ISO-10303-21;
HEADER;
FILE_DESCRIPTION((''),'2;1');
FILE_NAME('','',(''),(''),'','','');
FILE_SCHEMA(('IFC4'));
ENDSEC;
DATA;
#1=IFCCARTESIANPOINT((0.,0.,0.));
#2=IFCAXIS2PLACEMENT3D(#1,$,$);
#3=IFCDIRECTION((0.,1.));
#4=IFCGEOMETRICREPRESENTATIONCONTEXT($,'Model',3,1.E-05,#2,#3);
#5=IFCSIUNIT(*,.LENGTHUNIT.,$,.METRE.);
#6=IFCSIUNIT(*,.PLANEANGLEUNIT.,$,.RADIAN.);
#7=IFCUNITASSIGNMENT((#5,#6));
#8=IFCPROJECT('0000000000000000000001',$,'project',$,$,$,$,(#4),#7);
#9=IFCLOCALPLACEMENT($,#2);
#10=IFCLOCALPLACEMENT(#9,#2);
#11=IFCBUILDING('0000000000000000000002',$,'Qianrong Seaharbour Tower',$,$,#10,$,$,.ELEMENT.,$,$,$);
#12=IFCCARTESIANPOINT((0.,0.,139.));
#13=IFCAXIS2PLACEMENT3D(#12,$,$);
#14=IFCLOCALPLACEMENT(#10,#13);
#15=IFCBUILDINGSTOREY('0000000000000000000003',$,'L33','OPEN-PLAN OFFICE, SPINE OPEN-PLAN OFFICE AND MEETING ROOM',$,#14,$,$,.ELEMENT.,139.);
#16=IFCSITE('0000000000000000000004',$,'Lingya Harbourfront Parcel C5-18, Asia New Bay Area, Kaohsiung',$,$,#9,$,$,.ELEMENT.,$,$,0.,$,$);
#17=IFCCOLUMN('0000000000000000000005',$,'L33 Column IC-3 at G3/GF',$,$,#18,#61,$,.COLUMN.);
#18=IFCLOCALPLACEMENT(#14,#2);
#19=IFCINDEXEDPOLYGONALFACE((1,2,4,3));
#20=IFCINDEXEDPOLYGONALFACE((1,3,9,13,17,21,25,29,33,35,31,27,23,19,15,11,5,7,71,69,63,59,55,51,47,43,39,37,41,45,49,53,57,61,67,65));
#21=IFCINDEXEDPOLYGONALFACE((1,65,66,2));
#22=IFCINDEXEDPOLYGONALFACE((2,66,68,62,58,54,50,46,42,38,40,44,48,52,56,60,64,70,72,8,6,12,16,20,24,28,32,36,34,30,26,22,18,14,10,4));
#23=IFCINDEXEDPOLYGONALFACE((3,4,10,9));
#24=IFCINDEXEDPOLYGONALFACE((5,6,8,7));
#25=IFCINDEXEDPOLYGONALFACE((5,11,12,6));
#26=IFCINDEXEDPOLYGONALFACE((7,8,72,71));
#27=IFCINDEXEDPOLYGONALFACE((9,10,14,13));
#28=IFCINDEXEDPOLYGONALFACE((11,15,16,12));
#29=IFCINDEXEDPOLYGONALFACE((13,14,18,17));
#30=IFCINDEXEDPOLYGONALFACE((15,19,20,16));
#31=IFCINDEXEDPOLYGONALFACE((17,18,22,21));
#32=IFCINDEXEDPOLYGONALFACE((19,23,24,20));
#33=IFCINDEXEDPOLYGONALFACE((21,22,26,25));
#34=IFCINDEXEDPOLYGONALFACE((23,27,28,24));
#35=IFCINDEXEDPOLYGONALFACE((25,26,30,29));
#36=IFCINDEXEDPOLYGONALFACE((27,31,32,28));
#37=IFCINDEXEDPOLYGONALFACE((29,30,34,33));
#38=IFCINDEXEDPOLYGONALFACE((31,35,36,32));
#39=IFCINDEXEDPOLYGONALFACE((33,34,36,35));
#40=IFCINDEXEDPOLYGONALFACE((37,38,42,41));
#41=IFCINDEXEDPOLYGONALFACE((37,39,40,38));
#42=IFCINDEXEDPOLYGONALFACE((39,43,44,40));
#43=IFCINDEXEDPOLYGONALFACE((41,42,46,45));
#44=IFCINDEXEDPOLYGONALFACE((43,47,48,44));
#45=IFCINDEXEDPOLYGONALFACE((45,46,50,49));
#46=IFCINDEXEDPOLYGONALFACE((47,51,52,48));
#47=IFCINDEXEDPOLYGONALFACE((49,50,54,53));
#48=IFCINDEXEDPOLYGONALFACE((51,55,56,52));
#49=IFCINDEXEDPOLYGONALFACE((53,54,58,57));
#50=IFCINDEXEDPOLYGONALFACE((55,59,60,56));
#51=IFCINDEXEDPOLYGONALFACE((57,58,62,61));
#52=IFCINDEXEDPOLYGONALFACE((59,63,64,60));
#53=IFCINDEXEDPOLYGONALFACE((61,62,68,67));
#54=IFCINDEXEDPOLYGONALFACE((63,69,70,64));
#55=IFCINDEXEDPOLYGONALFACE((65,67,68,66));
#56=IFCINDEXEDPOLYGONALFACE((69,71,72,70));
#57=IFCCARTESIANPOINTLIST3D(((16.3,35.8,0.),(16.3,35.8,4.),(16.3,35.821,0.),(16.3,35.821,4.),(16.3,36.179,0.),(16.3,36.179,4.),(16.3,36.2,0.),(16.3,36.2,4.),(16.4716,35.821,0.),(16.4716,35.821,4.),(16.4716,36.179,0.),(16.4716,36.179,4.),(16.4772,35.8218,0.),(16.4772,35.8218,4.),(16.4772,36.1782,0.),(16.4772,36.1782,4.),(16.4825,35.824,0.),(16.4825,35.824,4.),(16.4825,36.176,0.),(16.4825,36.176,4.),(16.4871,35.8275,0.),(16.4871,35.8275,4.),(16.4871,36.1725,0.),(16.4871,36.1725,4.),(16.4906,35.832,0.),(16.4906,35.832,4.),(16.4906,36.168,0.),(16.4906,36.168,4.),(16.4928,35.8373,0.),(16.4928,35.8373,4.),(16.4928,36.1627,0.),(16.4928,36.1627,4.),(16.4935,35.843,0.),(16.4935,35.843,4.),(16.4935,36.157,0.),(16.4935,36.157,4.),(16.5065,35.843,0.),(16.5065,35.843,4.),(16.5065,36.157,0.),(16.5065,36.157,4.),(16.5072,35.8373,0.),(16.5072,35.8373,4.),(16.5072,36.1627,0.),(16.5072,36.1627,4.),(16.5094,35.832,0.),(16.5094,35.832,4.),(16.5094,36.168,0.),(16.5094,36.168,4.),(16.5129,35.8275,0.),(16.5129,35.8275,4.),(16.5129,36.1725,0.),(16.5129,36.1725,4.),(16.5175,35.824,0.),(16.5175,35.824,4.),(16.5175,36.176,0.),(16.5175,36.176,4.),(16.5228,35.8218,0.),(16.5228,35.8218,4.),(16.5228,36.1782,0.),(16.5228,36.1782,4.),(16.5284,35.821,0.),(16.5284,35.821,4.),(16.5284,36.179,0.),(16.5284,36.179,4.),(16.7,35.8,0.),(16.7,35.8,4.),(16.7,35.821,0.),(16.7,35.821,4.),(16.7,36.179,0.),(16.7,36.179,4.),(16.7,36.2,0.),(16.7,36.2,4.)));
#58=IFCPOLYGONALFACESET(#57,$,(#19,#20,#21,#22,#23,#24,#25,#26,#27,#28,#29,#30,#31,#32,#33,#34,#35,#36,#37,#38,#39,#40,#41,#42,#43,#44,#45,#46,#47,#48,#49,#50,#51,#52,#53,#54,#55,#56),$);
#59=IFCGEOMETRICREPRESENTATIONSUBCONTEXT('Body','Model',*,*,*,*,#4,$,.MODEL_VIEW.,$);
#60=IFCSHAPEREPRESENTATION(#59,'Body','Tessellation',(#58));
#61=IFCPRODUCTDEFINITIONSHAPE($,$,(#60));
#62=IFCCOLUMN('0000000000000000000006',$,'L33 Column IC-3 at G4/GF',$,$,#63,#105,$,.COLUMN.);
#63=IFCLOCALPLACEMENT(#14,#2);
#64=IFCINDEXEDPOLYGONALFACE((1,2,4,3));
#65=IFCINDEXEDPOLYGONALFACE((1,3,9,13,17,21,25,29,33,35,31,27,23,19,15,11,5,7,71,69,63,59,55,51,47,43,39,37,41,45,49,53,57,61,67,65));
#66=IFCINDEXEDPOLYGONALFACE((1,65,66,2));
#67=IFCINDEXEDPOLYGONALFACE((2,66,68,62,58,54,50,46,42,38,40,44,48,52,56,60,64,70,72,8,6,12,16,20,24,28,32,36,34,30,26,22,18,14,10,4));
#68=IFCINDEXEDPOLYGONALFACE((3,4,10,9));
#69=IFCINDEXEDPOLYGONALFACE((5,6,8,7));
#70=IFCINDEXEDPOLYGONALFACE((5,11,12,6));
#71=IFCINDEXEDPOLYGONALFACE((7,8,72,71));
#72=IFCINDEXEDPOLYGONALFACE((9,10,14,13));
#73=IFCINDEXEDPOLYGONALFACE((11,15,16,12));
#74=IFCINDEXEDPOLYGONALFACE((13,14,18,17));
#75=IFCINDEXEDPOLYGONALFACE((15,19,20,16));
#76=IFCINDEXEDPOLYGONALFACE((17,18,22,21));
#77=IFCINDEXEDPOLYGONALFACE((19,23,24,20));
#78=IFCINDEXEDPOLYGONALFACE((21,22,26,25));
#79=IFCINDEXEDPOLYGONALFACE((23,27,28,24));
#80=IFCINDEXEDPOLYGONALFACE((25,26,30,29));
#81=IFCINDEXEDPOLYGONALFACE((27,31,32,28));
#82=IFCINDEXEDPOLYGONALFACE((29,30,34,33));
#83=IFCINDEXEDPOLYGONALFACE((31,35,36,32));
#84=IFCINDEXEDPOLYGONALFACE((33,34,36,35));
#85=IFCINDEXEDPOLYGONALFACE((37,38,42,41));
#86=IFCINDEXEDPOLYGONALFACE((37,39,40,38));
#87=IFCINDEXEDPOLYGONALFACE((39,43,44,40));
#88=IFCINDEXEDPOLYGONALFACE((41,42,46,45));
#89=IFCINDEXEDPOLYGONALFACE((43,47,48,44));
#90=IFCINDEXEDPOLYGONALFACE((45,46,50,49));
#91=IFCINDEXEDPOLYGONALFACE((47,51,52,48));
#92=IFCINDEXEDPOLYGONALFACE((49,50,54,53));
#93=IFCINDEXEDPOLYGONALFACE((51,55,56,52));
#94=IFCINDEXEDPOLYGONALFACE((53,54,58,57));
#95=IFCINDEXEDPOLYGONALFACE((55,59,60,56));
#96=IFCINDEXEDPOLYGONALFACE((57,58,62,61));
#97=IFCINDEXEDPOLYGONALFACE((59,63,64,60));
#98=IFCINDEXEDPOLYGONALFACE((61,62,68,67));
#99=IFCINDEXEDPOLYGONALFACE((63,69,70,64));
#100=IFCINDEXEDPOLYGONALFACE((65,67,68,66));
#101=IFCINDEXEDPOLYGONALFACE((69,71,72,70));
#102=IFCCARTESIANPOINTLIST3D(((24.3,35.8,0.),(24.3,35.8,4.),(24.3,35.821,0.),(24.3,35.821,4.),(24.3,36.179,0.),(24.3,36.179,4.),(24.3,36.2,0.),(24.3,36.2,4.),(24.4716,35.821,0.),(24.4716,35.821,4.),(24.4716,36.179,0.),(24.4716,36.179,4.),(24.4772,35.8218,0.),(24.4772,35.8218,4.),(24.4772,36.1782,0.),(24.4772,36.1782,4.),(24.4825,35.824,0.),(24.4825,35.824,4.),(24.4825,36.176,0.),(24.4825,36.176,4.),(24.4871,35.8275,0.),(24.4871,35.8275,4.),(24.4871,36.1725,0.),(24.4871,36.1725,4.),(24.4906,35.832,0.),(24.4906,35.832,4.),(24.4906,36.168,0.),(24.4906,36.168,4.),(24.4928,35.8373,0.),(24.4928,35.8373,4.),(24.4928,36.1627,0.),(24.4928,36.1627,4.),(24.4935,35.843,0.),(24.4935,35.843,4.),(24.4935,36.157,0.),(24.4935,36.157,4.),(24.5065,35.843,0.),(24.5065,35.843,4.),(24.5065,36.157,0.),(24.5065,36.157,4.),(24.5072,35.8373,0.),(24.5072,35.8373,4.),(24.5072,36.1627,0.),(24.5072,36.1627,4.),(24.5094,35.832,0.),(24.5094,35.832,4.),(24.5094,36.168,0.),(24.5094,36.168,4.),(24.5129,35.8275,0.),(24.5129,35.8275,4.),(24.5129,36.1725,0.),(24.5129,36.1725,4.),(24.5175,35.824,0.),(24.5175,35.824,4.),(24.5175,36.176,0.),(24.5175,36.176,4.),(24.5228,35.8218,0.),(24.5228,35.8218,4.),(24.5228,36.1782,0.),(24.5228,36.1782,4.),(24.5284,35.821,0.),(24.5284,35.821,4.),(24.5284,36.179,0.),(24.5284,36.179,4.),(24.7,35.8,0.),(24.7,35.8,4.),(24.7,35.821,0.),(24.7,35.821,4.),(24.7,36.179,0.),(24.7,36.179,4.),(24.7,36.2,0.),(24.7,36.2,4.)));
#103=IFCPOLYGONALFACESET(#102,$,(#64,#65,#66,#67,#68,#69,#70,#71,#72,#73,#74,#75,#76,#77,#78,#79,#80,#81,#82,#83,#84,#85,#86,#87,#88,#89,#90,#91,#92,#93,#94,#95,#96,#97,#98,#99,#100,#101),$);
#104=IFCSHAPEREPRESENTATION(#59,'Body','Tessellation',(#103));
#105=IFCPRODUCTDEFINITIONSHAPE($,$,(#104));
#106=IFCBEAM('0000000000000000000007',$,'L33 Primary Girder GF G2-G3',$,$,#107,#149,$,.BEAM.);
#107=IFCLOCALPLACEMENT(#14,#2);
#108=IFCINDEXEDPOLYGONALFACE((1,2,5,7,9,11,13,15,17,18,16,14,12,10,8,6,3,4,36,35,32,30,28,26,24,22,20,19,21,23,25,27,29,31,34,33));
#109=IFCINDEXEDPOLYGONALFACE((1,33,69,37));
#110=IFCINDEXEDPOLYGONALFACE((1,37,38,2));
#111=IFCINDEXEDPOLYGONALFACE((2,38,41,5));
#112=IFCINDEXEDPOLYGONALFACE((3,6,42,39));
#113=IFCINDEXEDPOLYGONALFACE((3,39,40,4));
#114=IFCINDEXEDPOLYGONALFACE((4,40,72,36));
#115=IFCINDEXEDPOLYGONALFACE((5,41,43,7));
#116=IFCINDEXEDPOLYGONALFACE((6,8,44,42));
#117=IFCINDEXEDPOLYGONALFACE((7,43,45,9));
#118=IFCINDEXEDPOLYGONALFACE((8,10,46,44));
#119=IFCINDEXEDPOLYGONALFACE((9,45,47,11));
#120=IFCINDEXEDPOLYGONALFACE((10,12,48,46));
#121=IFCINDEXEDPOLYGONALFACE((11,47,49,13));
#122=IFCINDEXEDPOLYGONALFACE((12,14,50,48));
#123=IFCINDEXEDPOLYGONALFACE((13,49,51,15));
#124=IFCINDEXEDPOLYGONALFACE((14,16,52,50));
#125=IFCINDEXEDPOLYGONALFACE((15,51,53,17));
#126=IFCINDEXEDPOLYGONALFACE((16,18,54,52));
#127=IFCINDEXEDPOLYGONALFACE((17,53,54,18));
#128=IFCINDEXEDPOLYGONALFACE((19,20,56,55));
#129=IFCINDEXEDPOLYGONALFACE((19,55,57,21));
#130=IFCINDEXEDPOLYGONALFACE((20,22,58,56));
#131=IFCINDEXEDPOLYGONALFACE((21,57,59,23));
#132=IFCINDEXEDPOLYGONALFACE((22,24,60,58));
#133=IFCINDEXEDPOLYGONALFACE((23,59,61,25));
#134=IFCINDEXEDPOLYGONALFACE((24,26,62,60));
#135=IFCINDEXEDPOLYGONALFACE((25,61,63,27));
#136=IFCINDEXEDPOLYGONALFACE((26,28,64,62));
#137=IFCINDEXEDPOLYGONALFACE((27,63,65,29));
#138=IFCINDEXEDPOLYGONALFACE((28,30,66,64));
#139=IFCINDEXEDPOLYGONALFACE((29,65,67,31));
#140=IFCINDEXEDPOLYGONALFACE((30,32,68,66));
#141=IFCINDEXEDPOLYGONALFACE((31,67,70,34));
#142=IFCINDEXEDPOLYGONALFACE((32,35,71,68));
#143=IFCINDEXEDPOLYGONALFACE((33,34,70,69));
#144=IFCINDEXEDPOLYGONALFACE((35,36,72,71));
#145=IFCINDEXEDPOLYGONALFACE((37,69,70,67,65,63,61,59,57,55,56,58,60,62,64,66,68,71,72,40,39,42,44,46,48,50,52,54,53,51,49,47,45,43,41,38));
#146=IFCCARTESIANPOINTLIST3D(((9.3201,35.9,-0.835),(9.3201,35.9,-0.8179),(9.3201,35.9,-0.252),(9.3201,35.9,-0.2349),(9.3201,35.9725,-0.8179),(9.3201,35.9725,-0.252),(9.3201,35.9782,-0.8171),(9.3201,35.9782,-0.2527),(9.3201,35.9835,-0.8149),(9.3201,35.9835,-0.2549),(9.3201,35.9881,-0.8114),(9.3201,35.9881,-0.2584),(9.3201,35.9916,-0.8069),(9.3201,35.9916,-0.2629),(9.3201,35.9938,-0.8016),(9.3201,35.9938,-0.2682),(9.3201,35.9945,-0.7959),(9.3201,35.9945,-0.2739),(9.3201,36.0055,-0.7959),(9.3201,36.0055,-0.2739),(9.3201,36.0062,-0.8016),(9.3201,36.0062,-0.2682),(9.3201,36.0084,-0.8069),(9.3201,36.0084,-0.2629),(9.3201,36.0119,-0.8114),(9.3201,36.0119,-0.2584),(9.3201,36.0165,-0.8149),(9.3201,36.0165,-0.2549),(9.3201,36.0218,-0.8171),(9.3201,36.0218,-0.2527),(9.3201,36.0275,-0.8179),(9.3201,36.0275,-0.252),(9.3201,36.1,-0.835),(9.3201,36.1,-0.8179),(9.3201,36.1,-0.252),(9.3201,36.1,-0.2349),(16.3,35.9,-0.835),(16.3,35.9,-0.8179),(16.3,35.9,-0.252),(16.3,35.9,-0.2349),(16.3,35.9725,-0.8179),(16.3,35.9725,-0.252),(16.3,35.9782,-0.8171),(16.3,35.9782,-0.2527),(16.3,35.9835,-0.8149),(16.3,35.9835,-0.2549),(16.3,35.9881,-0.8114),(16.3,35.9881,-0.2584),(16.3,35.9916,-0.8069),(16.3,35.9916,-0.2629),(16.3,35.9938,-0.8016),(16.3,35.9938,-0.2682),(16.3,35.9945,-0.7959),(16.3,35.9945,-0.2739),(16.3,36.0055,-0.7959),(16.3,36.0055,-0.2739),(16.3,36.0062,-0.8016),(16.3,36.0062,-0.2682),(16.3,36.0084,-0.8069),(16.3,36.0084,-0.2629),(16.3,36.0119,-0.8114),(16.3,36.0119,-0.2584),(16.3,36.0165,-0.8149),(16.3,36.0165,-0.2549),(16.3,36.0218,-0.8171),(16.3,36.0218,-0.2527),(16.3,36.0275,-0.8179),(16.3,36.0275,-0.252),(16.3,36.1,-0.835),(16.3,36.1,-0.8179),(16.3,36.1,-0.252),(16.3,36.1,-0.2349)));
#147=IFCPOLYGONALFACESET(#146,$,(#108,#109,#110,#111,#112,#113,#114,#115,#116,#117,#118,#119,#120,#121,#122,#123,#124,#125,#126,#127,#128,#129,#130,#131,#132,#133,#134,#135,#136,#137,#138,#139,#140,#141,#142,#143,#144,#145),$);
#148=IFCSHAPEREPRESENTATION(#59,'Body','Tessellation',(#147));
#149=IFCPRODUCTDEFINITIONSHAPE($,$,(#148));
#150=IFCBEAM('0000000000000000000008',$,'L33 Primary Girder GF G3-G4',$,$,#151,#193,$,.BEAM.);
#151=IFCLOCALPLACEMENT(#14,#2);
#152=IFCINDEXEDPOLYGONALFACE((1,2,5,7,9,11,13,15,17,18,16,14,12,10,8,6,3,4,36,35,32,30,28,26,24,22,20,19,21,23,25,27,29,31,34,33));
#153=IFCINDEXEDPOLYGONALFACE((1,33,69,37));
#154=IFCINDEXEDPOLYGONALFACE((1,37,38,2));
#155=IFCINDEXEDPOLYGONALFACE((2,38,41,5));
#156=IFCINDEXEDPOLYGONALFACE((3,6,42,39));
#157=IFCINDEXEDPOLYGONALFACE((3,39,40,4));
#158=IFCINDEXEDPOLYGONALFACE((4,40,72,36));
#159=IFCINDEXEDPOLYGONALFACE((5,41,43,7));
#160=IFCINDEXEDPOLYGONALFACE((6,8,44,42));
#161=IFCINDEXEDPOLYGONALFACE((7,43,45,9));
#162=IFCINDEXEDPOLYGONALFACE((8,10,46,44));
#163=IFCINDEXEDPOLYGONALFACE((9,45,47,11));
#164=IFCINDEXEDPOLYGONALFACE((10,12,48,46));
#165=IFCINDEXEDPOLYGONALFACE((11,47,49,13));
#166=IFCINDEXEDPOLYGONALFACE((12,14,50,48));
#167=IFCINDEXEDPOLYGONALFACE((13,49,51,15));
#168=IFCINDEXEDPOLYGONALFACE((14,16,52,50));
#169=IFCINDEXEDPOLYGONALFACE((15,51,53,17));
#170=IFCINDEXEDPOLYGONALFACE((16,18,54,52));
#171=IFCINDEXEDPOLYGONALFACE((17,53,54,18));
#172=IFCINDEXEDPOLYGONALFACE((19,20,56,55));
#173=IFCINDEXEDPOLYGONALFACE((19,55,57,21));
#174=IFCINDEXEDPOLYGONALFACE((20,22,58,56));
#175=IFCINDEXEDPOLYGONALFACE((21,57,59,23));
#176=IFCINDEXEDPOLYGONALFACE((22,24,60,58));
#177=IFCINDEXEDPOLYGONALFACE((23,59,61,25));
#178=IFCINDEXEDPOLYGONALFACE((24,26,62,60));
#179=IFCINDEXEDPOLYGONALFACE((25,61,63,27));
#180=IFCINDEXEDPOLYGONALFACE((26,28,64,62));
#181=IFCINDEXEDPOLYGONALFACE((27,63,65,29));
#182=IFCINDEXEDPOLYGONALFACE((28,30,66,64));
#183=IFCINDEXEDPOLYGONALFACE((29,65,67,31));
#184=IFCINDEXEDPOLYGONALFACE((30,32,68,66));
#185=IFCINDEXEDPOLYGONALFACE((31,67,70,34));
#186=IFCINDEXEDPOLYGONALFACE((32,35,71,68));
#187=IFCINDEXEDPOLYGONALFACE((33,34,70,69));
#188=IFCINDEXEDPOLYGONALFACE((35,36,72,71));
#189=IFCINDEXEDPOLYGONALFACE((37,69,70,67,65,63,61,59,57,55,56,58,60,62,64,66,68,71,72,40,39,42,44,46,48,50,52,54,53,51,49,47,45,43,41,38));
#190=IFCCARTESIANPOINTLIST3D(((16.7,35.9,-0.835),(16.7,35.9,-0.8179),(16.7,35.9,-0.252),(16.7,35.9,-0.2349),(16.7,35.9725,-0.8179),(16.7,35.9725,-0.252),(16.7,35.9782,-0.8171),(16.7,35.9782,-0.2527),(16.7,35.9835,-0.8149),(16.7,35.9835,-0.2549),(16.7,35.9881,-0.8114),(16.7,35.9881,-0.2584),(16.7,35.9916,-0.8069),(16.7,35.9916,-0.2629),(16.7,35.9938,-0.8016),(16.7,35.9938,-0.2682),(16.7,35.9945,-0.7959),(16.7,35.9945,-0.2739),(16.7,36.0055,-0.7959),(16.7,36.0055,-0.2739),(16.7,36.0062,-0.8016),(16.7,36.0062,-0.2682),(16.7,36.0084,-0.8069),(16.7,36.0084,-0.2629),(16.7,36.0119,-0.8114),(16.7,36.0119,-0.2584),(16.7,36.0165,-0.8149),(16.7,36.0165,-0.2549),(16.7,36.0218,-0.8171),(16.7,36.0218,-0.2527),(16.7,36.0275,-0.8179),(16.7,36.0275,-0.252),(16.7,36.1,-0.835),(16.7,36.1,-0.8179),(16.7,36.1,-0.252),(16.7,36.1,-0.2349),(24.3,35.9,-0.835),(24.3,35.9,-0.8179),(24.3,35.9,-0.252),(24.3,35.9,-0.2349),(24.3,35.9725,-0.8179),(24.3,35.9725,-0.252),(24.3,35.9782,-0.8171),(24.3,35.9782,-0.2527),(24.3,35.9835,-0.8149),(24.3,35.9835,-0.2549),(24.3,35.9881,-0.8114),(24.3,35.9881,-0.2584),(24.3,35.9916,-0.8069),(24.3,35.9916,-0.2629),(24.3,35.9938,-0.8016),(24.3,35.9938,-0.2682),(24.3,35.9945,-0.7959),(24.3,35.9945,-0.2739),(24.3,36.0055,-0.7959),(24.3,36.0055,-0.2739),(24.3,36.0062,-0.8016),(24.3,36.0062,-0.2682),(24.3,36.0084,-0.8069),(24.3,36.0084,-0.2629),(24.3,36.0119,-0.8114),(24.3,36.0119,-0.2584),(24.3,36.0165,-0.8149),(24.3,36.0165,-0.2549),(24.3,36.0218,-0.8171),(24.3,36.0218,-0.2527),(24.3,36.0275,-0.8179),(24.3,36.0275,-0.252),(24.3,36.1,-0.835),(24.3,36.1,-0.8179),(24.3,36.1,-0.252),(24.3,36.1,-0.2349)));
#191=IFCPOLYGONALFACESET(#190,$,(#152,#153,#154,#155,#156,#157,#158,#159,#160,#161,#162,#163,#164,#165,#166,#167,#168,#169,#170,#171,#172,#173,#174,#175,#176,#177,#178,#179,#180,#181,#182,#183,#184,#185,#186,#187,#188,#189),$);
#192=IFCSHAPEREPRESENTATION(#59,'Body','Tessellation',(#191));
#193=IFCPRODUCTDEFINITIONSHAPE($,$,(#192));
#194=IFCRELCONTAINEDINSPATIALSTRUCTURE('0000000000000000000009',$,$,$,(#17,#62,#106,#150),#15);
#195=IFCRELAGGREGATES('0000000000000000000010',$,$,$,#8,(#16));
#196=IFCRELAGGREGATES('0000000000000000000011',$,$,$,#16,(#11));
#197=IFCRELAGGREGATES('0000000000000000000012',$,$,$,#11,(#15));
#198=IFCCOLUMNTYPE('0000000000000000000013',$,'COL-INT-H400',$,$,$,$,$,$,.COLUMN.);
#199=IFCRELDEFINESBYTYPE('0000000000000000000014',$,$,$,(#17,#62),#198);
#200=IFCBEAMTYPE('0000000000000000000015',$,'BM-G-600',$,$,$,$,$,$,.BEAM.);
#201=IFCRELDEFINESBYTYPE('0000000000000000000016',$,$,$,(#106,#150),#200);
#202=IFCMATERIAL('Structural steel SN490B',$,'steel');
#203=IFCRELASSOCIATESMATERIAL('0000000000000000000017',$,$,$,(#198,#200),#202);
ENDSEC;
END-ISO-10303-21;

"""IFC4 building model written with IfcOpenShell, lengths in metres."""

from ifc_helpers import new_model, si_unit, direction, frame, origin, origin_2d, place, context, subcontext, project, spatial, i_section, extrude, material, material_profile, profile_set, type_object, element, save


model = new_model("IFC4")

# Units and contexts
model_context = context("Model", 3, precision=1e-05, world=origin(), true_north=direction((0.0, 1.0)))
body_context = subcontext(model_context, "Body", "Model", "MODEL_VIEW")
ifc_project = project(units=[si_unit("LENGTHUNIT", "METRE"), si_unit("PLANEANGLEUNIT", "RADIAN")], contexts=[model_context])

# Site, building, storey
site_placement = place(None, origin())
site = spatial("IfcSite", under=ifc_project, at=site_placement, Name="Lingya Harbourfront Parcel C5-18, Asia New Bay Area, Kaohsiung", CompositionType="ELEMENT", RefElevation=0.0)
building_placement = place(site_placement, origin())
building = spatial("IfcBuilding", under=site, at=building_placement, Name="Qianrong Seaharbour Tower", CompositionType="ELEMENT")
storey_placement = place(building_placement, frame((0.0, 0.0, 139.0)))
storey = spatial("IfcBuildingStorey", under=building, at=storey_placement, Name="L33", Description="OPEN-PLAN OFFICE, SPINE OPEN-PLAN OFFICE AND MEETING ROOM", CompositionType="ELEMENT", Elevation=139.0)

# Columns
ifc_material_1 = material(Name="Structural steel SN490B", Category="steel")
ifc_material_profile_1 = material_profile(ifc_material_1, i_section(OverallWidth=0.3999, OverallDepth=0.3999, WebThickness=0.0129, FlangeThickness=0.021, FilletRadius=0.022, at=origin_2d()), Name="H400x400x13x21")
ifc_profile_set_1 = profile_set([ifc_material_profile_1], Name="Structural steel SN490B")
column_type = type_object("IfcColumnType", Name="COL-INT-H400", PredefinedType="COLUMN", material=ifc_profile_set_1)
for number, where, z_axis, x_axis, name in (
    (1, (16.5, 36.0, 0.0), (0.0, 0.0, 1.0), (1.0, 0.0, 0.0), "L33 Column IC-3 at G3/GF"),
    (2, (24.5, 36.0, 0.0), (0.0, 0.0, 1.0), (1.0, 0.0, 0.0), "L33 Column IC-3 at G4/GF"),
):
    element("IfcColumn", number, at=place(storey_placement, frame(where, z_axis=z_axis, x_axis=x_axis)), inside=storey, type_object=column_type, Name=name, PredefinedType="COLUMN", context=body_context, shape_type="SweptSolid", body=[
        extrude(i_section(OverallWidth=0.3999, OverallDepth=0.3999, WebThickness=0.0129, FlangeThickness=0.021, FilletRadius=0.022, at=origin_2d()), origin(), (0.0, 0.0, 1.0), 4.0),
    ])

# Beams
ifc_material_profile_2 = material_profile(ifc_material_1, i_section(OverallWidth=0.2, OverallDepth=0.6001, WebThickness=0.011, FlangeThickness=0.0171, FilletRadius=0.022, at=origin_2d()), Name="H600x200x11x17")
ifc_profile_set_2 = profile_set([ifc_material_profile_2], Name="Structural steel SN490B")
beam_type_1 = type_object("IfcBeamType", Name="BM-G-600", PredefinedType="BEAM", material=ifc_profile_set_2)
beam_1_placement = place(storey_placement, frame((9.3201, 36.0, -0.5349), z_axis=(1.0, 0.0, 0.0), x_axis=(0.0, 1.0, 0.0)))
element("IfcBeam", 3, at=beam_1_placement, inside=storey, type_object=beam_type_1, Name="L33 Primary Girder GF G2-G3", PredefinedType="BEAM", context=body_context, shape_type="SweptSolid", body=[
    extrude(i_section(OverallWidth=0.2, OverallDepth=0.6001, WebThickness=0.011, FlangeThickness=0.0171, FilletRadius=0.022, at=origin_2d()), origin(), (0.0, 0.0, 1.0), 6.98),
])
for number, where, z_axis, x_axis, name in (
    (4, (16.7, 36.0, -0.5349), (1.0, 0.0, 0.0), (0.0, 1.0, 0.0), "L33 Primary Girder GF G3-G4"),
):
    element("IfcBeam", number, at=place(storey_placement, frame(where, z_axis=z_axis, x_axis=x_axis)), inside=storey, type_object=beam_type_1, Name=name, PredefinedType="BEAM", context=body_context, shape_type="SweptSolid", body=[
        extrude(i_section(OverallWidth=0.2, OverallDepth=0.6001, WebThickness=0.011, FlangeThickness=0.0171, FilletRadius=0.022, at=origin_2d()), origin(), (0.0, 0.0, 1.0), 7.6001),
    ])

save(model, "model.ifc")
